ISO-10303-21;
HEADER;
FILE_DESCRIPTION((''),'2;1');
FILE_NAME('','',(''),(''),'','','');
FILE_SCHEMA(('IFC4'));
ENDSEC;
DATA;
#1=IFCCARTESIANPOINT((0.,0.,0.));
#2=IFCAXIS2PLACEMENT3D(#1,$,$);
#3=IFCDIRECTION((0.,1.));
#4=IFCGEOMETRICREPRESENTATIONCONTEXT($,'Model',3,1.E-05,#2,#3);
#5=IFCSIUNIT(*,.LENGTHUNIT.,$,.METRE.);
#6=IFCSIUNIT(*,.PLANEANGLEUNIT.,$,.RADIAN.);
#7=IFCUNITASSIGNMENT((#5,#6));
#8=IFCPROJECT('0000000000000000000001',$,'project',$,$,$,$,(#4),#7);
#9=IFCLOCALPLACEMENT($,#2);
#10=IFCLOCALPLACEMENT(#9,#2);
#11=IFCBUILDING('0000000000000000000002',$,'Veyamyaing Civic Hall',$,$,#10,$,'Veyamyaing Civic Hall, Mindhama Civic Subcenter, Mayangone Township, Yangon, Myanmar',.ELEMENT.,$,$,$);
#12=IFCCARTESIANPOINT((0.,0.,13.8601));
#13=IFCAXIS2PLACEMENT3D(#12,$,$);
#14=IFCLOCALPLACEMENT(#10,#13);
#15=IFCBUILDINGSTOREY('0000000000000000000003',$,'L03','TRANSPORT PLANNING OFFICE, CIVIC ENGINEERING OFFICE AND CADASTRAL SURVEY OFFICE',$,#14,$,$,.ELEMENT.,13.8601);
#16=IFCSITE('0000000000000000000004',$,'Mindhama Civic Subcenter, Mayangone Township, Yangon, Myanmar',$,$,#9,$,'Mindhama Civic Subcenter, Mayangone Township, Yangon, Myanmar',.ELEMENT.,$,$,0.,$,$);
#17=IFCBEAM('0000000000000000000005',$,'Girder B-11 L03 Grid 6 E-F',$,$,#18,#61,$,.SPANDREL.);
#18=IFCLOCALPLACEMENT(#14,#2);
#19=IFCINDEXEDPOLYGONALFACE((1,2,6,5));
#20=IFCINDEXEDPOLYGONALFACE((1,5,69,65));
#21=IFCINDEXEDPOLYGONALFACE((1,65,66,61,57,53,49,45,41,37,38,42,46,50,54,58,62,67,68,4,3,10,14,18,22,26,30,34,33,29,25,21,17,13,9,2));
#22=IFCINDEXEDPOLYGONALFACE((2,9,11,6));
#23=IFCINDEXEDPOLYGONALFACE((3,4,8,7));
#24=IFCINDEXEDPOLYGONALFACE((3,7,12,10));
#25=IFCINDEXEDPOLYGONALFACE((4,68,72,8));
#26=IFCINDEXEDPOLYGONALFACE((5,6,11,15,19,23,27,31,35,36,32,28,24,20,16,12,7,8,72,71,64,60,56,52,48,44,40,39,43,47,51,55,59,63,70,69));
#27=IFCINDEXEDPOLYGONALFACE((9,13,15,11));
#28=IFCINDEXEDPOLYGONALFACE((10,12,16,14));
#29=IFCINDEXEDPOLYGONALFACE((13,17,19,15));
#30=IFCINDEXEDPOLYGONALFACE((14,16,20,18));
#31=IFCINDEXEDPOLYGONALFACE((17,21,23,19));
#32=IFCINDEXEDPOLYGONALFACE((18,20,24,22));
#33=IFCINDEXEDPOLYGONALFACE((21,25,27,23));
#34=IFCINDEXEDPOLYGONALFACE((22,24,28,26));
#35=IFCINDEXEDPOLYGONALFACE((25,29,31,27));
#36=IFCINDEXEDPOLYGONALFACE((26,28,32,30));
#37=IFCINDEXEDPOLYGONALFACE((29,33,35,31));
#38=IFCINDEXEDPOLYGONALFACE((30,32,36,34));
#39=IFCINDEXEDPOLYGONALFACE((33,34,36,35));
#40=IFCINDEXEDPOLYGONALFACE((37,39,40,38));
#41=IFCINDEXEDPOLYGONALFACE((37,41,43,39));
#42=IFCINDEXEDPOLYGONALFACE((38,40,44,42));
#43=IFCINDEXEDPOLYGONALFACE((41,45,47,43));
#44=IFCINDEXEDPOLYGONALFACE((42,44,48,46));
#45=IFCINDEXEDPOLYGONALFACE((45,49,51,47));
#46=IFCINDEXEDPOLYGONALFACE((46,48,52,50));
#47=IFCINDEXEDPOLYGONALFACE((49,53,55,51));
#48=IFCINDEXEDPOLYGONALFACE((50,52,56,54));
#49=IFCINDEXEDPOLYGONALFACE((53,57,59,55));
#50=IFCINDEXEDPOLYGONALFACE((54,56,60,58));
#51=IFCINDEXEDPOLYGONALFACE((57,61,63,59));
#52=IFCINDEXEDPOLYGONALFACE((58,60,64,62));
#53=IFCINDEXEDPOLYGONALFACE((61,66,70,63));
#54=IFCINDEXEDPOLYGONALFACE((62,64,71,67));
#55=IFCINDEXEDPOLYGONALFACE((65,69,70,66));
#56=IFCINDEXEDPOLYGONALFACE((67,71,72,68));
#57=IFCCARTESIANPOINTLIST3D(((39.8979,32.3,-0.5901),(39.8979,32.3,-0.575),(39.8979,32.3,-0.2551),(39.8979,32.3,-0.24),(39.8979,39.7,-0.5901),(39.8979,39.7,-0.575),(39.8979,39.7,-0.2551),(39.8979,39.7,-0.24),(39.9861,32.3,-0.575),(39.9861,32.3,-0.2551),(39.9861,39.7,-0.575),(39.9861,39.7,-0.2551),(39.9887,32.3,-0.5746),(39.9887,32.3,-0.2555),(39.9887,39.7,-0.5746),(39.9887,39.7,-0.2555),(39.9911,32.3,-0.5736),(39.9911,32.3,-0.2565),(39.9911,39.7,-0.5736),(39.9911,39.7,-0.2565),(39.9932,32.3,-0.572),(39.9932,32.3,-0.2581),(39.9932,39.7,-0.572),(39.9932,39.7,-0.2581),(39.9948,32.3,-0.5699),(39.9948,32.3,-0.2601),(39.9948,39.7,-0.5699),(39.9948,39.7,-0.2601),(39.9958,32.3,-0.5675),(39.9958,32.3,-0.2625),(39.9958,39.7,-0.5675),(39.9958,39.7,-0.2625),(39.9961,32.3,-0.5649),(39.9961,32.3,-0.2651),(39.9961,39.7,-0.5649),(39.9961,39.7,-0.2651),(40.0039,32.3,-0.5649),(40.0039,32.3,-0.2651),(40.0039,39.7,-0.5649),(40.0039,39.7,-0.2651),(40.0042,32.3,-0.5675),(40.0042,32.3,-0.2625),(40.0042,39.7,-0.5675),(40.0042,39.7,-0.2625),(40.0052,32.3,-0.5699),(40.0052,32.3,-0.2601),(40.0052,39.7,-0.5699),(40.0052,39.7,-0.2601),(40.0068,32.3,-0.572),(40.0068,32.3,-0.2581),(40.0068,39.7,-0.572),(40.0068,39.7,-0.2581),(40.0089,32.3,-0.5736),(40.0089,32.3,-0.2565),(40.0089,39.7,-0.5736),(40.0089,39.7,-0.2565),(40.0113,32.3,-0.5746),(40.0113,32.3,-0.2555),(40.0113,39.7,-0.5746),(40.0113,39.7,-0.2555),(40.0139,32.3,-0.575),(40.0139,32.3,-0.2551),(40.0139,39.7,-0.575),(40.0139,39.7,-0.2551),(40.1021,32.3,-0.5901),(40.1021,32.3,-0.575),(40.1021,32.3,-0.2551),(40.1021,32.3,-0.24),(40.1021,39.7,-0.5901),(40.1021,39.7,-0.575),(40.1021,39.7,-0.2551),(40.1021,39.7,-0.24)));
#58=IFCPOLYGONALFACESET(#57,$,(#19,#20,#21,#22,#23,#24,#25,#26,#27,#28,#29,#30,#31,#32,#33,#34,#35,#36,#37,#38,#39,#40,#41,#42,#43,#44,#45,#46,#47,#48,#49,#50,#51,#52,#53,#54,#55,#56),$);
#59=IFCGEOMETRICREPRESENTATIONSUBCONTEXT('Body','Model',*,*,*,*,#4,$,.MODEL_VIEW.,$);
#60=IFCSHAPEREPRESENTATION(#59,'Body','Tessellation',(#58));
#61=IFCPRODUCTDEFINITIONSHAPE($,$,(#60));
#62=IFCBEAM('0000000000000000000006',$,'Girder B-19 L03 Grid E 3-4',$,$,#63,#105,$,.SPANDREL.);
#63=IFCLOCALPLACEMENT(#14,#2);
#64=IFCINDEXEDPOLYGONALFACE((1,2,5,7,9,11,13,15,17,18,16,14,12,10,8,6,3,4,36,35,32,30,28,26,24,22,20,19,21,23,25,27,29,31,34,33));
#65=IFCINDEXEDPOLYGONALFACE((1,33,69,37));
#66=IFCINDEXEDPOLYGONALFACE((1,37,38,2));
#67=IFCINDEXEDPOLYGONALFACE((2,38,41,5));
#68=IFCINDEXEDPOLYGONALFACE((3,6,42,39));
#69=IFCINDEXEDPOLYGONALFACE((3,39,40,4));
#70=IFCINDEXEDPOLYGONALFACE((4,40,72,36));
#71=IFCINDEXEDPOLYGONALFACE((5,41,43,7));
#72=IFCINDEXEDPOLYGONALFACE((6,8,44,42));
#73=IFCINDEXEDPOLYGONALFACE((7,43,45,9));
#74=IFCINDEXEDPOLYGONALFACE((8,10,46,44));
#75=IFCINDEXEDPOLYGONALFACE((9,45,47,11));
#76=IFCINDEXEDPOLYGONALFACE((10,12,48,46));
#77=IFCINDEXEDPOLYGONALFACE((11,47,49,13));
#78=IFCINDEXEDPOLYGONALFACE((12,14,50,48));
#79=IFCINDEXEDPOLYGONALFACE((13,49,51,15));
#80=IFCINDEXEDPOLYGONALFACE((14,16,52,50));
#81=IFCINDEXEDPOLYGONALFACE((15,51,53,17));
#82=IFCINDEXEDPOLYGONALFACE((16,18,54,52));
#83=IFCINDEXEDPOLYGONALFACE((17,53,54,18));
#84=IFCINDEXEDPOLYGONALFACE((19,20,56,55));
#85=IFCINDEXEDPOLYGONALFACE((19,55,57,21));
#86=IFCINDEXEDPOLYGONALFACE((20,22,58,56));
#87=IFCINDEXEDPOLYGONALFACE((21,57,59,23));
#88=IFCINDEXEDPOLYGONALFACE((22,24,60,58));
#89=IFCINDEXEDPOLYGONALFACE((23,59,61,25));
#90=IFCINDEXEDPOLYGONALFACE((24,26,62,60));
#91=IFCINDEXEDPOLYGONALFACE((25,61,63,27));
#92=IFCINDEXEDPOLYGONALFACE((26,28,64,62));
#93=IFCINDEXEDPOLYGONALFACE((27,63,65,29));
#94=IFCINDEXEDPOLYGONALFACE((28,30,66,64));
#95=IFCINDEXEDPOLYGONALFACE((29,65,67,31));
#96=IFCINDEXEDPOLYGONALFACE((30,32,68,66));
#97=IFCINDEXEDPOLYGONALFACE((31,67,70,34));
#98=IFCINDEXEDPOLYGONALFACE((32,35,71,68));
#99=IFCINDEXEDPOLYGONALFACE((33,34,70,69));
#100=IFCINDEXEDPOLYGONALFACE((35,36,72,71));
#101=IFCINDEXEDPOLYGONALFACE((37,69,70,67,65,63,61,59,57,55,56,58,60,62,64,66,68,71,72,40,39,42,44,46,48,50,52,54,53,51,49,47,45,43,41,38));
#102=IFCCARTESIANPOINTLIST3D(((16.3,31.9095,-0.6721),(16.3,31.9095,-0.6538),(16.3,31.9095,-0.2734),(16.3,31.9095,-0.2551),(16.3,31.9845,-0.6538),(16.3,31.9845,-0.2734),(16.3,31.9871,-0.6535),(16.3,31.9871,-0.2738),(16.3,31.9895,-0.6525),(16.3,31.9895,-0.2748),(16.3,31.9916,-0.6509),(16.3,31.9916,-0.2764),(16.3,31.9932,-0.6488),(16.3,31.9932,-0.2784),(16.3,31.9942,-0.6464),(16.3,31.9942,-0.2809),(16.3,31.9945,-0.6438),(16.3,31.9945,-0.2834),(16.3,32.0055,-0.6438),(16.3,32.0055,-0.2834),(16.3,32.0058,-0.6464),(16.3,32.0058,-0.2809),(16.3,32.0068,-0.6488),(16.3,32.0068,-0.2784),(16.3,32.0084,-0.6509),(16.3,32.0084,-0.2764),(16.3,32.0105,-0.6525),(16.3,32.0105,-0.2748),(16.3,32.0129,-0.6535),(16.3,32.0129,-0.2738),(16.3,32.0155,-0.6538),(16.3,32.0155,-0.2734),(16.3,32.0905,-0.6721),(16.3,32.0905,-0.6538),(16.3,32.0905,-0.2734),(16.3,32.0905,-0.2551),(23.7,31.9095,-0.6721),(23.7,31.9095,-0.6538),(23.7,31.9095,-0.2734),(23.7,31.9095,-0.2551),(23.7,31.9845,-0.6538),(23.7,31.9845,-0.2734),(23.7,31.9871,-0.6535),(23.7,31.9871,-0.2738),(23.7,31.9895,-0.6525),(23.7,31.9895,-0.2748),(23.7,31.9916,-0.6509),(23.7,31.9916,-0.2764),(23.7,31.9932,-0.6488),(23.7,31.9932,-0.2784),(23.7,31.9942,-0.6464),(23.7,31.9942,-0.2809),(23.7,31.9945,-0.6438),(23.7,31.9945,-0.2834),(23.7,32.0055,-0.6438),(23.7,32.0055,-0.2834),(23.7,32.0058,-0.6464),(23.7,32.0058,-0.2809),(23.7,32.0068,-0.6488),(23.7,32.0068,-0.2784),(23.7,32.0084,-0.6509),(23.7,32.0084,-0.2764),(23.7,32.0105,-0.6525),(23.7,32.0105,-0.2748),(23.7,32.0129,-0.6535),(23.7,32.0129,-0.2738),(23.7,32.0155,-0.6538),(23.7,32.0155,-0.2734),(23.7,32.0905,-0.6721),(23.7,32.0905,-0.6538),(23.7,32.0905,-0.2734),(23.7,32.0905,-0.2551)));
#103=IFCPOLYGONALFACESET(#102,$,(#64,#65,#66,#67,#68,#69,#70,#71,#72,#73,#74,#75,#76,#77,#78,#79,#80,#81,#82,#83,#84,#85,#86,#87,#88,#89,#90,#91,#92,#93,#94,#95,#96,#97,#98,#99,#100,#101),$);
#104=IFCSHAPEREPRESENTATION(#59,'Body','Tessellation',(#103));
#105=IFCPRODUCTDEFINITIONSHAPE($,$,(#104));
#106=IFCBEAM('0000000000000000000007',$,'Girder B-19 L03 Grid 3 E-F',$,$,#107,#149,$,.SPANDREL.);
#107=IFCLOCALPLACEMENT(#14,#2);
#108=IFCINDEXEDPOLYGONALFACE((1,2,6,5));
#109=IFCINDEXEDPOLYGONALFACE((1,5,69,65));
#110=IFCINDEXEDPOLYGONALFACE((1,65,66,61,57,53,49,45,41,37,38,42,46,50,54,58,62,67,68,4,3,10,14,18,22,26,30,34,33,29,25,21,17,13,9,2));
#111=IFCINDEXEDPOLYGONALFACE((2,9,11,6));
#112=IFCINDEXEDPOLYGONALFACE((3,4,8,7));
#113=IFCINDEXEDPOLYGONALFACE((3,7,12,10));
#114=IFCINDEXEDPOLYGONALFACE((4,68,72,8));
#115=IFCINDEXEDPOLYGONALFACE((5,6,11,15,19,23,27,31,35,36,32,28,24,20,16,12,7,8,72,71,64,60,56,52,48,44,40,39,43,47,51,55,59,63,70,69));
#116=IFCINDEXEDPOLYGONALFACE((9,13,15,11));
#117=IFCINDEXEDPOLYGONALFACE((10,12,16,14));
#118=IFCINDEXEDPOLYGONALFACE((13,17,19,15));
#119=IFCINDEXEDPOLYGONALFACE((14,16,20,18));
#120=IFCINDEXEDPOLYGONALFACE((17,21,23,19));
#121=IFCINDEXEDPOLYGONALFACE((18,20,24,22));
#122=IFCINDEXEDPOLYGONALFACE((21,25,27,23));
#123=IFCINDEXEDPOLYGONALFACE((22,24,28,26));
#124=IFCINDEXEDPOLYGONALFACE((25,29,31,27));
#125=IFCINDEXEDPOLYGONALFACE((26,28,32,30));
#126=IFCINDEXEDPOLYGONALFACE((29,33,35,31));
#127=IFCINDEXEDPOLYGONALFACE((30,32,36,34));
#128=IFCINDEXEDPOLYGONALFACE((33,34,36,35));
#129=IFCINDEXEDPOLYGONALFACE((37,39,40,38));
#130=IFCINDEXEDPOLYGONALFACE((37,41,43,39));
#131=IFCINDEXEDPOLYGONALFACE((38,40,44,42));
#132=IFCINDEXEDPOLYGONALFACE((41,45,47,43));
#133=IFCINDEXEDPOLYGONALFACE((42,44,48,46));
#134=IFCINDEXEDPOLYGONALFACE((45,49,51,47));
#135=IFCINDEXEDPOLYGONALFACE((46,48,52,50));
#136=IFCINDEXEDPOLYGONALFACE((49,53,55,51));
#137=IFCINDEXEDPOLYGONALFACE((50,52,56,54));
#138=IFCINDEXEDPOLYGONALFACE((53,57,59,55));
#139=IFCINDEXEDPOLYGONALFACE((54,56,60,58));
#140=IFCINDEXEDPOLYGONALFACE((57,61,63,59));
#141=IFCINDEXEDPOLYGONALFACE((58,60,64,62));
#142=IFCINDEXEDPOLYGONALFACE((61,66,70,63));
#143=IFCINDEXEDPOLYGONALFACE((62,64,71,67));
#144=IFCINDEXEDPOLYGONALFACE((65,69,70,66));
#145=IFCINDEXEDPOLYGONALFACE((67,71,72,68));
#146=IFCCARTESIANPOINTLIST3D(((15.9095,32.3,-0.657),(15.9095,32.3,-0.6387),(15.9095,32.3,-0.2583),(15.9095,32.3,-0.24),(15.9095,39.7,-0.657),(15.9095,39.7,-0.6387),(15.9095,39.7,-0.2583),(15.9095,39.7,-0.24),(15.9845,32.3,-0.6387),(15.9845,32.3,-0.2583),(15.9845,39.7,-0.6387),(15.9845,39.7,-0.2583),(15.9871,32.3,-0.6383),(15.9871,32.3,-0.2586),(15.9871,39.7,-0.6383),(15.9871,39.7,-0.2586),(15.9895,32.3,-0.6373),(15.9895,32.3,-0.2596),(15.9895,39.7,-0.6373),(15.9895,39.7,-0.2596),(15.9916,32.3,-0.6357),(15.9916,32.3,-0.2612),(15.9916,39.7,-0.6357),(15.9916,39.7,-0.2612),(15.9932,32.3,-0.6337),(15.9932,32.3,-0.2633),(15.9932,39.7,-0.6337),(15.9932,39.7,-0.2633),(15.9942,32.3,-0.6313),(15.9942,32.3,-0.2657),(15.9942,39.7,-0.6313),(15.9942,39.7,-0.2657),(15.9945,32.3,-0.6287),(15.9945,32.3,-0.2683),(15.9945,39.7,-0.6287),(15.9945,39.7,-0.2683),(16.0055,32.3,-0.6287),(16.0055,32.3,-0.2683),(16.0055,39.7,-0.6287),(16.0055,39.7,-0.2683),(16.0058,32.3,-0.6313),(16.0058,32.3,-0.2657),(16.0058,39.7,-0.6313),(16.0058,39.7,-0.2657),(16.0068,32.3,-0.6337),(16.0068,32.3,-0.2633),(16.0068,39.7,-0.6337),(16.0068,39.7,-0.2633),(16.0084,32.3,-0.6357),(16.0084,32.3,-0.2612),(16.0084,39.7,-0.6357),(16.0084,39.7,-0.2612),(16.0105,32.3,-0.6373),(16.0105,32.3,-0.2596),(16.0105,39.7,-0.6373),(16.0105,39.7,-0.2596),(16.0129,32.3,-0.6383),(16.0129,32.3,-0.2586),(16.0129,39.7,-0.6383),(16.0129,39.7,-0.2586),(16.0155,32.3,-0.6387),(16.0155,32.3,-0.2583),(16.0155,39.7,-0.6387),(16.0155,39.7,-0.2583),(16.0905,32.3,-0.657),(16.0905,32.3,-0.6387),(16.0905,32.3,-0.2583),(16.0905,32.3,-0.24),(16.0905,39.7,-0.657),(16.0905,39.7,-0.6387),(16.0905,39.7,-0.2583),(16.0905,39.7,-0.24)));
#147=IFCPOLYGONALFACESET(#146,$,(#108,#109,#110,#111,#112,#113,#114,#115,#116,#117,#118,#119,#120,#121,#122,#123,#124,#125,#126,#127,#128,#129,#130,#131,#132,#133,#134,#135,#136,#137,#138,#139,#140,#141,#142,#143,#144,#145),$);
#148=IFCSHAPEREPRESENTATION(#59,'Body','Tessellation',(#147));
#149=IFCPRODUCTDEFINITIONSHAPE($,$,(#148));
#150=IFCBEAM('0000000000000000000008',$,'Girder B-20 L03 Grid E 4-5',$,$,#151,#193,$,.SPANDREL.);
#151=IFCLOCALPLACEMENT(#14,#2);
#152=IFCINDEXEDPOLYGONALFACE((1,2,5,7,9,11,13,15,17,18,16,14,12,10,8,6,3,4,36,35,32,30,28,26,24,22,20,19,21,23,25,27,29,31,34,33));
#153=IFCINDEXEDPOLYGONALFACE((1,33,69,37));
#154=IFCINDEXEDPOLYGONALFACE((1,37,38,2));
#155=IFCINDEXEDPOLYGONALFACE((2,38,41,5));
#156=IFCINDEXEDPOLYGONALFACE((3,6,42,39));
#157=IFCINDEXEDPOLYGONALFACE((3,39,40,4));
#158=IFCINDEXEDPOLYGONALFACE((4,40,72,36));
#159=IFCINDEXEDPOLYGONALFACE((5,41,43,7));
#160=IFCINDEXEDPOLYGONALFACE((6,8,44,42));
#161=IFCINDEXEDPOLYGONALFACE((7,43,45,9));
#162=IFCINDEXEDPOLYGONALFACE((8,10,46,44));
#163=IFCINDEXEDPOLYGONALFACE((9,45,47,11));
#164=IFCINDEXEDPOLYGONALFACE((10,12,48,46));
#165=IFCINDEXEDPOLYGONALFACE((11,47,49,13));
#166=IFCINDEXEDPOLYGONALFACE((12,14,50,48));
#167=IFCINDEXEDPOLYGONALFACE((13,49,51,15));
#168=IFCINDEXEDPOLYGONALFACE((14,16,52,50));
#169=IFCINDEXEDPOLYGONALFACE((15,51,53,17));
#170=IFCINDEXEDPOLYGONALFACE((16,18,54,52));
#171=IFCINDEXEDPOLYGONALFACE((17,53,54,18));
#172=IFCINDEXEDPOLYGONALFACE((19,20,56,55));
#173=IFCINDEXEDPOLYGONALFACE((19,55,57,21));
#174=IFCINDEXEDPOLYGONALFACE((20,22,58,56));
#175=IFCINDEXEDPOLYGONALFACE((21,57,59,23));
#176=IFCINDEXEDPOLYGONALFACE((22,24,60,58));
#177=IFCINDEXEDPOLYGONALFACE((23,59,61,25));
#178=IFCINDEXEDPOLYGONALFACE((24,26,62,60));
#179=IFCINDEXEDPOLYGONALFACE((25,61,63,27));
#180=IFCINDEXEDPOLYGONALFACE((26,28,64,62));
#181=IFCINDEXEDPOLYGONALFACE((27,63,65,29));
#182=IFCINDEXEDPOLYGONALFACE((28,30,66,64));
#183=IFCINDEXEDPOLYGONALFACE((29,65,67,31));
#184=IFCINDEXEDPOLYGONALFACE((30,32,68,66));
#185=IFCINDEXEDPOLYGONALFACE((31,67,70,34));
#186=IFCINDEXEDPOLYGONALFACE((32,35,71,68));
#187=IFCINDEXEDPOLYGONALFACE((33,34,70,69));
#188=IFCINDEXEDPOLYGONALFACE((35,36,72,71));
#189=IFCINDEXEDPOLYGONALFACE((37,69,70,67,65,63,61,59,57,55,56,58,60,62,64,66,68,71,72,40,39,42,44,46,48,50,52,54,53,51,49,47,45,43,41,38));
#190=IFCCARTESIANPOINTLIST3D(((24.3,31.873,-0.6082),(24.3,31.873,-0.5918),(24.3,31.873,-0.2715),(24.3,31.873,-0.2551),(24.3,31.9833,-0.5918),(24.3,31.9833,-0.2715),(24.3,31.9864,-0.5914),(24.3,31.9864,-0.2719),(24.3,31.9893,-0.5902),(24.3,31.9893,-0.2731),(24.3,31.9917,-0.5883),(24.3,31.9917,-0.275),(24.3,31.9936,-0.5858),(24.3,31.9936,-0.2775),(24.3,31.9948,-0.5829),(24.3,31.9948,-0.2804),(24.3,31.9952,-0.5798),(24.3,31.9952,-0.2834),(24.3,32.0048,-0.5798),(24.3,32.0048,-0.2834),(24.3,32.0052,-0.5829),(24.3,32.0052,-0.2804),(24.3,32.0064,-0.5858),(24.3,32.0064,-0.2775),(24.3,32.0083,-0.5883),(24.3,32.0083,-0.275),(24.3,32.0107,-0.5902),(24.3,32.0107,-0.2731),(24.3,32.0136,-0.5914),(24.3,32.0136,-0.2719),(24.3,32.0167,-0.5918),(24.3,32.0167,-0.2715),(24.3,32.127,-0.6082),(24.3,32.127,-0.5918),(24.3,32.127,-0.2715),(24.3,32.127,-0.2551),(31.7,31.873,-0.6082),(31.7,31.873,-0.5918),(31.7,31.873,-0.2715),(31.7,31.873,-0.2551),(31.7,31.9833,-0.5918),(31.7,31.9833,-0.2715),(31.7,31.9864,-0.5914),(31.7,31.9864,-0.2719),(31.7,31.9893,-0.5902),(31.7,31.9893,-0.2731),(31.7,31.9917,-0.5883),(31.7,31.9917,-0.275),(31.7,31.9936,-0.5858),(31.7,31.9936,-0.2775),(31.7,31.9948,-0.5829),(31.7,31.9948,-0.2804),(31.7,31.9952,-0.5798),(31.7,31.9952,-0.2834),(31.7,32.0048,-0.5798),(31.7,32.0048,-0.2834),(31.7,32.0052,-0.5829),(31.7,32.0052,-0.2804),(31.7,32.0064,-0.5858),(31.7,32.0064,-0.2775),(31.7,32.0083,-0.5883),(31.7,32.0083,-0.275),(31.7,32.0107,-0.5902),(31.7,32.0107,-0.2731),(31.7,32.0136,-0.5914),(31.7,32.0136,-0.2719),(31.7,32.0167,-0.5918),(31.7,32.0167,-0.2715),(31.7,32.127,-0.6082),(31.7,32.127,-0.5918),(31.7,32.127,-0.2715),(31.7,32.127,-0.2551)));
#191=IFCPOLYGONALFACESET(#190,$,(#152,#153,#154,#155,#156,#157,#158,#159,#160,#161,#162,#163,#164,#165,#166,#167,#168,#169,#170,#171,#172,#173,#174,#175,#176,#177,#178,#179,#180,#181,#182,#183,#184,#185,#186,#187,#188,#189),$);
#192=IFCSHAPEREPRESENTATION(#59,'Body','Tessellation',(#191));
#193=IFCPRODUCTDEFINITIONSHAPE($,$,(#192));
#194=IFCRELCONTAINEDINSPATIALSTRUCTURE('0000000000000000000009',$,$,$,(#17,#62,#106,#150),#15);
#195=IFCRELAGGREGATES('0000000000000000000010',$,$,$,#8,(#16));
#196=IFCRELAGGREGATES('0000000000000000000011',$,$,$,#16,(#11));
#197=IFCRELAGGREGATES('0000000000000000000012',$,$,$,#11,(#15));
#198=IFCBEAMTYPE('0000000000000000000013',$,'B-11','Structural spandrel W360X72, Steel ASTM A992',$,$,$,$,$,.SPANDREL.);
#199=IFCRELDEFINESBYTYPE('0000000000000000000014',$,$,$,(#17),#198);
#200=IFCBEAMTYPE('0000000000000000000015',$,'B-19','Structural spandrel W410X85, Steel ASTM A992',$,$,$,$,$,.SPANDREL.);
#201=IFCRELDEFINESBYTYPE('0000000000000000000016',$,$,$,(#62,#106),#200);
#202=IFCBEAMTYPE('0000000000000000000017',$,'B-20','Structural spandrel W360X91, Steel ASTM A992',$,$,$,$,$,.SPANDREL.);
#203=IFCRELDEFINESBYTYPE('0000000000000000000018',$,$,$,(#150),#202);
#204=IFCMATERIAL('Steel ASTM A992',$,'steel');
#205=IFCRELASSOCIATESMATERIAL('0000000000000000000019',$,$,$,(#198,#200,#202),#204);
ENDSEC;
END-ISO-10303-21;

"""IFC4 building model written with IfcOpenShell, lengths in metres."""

from ifc_helpers import new_model, si_unit, direction, frame, origin, origin_2d, place, context, subcontext, project, spatial, i_section, extrude, material, material_profile, profile_set, type_object, element, save


model = new_model("IFC4")

# Units and contexts
model_context = context("Model", 3, precision=1e-05, world=origin(), true_north=direction((0.0, 1.0)))
body_context = subcontext(model_context, "Body", "Model", "MODEL_VIEW")
ifc_project = project(units=[si_unit("LENGTHUNIT", "METRE"), si_unit("PLANEANGLEUNIT", "RADIAN")], contexts=[model_context])

# Site, building, storey
site_placement = place(None, origin())
site = spatial("IfcSite", under=ifc_project, at=site_placement, Name="Mindhama Civic Subcenter, Mayangone Township, Yangon, Myanmar", LongName="Mindhama Civic Subcenter, Mayangone Township, Yangon, Myanmar", CompositionType="ELEMENT", RefElevation=0.0)
building_placement = place(site_placement, origin())
building = spatial("IfcBuilding", under=site, at=building_placement, Name="Veyamyaing Civic Hall", LongName="Veyamyaing Civic Hall, Mindhama Civic Subcenter, Mayangone Township, Yangon, Myanmar", CompositionType="ELEMENT")
storey_placement = place(building_placement, frame((0.0, 0.0, 13.8601)))
storey = spatial("IfcBuildingStorey", under=building, at=storey_placement, Name="L03", Description="TRANSPORT PLANNING OFFICE, CIVIC ENGINEERING OFFICE AND CADASTRAL SURVEY OFFICE", CompositionType="ELEMENT", Elevation=13.8601)

# Beams
ifc_material_1 = material(Name="Steel ASTM A992", Category="steel")
ifc_material_profile_1 = material_profile(ifc_material_1, i_section(OverallWidth=0.2041, OverallDepth=0.3501, WebThickness=0.0078, FlangeThickness=0.0151, FilletRadius=0.01, at=origin_2d()), Name="W360X72")
ifc_profile_set_1 = profile_set([ifc_material_profile_1], Name="Steel ASTM A992")
beam_type_1 = type_object("IfcBeamType", Name="B-11", Description="Structural spandrel W360X72, Steel ASTM A992", PredefinedType="SPANDREL", material=ifc_profile_set_1)
for number, where, z_axis, x_axis, name in (
    (1, (40.0, 32.3, -0.415), (0.0, 1.0, 0.0), (-1.0, 0.0, 0.0), "Girder B-11 L03 Grid 6 E-F"),
):
    element("IfcBeam", number, at=place(storey_placement, frame(where, z_axis=z_axis, x_axis=x_axis)), inside=storey, type_object=beam_type_1, Name=name, PredefinedType="SPANDREL", context=body_context, shape_type="SweptSolid", body=[
        extrude(i_section(OverallWidth=0.2041, OverallDepth=0.3501, WebThickness=0.0078, FlangeThickness=0.0151, FilletRadius=0.01, at=origin_2d()), origin(), (0.0, 0.0, 1.0), 7.3999),
    ])
ifc_material_profile_2 = material_profile(ifc_material_1, i_section(OverallWidth=0.1809, OverallDepth=0.417, WebThickness=0.011, FlangeThickness=0.0183, FilletRadius=0.01, at=origin_2d()), Name="W410X85")
ifc_profile_set_2 = profile_set([ifc_material_profile_2], Name="Steel ASTM A992")
beam_type_2 = type_object("IfcBeamType", Name="B-19", Description="Structural spandrel W410X85, Steel ASTM A992", PredefinedType="SPANDREL", material=ifc_profile_set_2)
for number, where, z_axis, x_axis, name in (
    (2, (16.3, 32.0, -0.4636), (1.0, 0.0, 0.0), (0.0, 1.0, 0.0), "Girder B-19 L03 Grid E 3-4"),
    (3, (16.0, 32.3, -0.4485), (0.0, 1.0, 0.0), (-1.0, 0.0, 0.0), "Girder B-19 L03 Grid 3 E-F"),
):
    element("IfcBeam", number, at=place(storey_placement, frame(where, z_axis=z_axis, x_axis=x_axis)), inside=storey, type_object=beam_type_2, Name=name, PredefinedType="SPANDREL", context=body_context, shape_type="SweptSolid", body=[
        extrude(i_section(OverallWidth=0.1809, OverallDepth=0.417, WebThickness=0.011, FlangeThickness=0.0183, FilletRadius=0.01, at=origin_2d()), origin(), (0.0, 0.0, 1.0), 7.3999),
    ])
ifc_material_profile_3 = material_profile(ifc_material_1, i_section(OverallWidth=0.2539, OverallDepth=0.353, WebThickness=0.0095, FlangeThickness=0.0164, FilletRadius=0.012, at=origin_2d()), Name="W360X91")
ifc_profile_set_3 = profile_set([ifc_material_profile_3], Name="Steel ASTM A992")
beam_type_3 = type_object("IfcBeamType", Name="B-20", Description="Structural spandrel W360X91, Steel ASTM A992", PredefinedType="SPANDREL", material=ifc_profile_set_3)
for number, where, z_axis, x_axis, name in (
    (4, (24.3, 32.0, -0.4316), (1.0, 0.0, 0.0), (0.0, 1.0, 0.0), "Girder B-20 L03 Grid E 4-5"),
):
    element("IfcBeam", number, at=place(storey_placement, frame(where, z_axis=z_axis, x_axis=x_axis)), inside=storey, type_object=beam_type_3, Name=name, PredefinedType="SPANDREL", context=body_context, shape_type="SweptSolid", body=[
        extrude(i_section(OverallWidth=0.2539, OverallDepth=0.353, WebThickness=0.0095, FlangeThickness=0.0164, FilletRadius=0.012, at=origin_2d()), origin(), (0.0, 0.0, 1.0), 7.3999),
    ])

save(model, "model.ifc")
